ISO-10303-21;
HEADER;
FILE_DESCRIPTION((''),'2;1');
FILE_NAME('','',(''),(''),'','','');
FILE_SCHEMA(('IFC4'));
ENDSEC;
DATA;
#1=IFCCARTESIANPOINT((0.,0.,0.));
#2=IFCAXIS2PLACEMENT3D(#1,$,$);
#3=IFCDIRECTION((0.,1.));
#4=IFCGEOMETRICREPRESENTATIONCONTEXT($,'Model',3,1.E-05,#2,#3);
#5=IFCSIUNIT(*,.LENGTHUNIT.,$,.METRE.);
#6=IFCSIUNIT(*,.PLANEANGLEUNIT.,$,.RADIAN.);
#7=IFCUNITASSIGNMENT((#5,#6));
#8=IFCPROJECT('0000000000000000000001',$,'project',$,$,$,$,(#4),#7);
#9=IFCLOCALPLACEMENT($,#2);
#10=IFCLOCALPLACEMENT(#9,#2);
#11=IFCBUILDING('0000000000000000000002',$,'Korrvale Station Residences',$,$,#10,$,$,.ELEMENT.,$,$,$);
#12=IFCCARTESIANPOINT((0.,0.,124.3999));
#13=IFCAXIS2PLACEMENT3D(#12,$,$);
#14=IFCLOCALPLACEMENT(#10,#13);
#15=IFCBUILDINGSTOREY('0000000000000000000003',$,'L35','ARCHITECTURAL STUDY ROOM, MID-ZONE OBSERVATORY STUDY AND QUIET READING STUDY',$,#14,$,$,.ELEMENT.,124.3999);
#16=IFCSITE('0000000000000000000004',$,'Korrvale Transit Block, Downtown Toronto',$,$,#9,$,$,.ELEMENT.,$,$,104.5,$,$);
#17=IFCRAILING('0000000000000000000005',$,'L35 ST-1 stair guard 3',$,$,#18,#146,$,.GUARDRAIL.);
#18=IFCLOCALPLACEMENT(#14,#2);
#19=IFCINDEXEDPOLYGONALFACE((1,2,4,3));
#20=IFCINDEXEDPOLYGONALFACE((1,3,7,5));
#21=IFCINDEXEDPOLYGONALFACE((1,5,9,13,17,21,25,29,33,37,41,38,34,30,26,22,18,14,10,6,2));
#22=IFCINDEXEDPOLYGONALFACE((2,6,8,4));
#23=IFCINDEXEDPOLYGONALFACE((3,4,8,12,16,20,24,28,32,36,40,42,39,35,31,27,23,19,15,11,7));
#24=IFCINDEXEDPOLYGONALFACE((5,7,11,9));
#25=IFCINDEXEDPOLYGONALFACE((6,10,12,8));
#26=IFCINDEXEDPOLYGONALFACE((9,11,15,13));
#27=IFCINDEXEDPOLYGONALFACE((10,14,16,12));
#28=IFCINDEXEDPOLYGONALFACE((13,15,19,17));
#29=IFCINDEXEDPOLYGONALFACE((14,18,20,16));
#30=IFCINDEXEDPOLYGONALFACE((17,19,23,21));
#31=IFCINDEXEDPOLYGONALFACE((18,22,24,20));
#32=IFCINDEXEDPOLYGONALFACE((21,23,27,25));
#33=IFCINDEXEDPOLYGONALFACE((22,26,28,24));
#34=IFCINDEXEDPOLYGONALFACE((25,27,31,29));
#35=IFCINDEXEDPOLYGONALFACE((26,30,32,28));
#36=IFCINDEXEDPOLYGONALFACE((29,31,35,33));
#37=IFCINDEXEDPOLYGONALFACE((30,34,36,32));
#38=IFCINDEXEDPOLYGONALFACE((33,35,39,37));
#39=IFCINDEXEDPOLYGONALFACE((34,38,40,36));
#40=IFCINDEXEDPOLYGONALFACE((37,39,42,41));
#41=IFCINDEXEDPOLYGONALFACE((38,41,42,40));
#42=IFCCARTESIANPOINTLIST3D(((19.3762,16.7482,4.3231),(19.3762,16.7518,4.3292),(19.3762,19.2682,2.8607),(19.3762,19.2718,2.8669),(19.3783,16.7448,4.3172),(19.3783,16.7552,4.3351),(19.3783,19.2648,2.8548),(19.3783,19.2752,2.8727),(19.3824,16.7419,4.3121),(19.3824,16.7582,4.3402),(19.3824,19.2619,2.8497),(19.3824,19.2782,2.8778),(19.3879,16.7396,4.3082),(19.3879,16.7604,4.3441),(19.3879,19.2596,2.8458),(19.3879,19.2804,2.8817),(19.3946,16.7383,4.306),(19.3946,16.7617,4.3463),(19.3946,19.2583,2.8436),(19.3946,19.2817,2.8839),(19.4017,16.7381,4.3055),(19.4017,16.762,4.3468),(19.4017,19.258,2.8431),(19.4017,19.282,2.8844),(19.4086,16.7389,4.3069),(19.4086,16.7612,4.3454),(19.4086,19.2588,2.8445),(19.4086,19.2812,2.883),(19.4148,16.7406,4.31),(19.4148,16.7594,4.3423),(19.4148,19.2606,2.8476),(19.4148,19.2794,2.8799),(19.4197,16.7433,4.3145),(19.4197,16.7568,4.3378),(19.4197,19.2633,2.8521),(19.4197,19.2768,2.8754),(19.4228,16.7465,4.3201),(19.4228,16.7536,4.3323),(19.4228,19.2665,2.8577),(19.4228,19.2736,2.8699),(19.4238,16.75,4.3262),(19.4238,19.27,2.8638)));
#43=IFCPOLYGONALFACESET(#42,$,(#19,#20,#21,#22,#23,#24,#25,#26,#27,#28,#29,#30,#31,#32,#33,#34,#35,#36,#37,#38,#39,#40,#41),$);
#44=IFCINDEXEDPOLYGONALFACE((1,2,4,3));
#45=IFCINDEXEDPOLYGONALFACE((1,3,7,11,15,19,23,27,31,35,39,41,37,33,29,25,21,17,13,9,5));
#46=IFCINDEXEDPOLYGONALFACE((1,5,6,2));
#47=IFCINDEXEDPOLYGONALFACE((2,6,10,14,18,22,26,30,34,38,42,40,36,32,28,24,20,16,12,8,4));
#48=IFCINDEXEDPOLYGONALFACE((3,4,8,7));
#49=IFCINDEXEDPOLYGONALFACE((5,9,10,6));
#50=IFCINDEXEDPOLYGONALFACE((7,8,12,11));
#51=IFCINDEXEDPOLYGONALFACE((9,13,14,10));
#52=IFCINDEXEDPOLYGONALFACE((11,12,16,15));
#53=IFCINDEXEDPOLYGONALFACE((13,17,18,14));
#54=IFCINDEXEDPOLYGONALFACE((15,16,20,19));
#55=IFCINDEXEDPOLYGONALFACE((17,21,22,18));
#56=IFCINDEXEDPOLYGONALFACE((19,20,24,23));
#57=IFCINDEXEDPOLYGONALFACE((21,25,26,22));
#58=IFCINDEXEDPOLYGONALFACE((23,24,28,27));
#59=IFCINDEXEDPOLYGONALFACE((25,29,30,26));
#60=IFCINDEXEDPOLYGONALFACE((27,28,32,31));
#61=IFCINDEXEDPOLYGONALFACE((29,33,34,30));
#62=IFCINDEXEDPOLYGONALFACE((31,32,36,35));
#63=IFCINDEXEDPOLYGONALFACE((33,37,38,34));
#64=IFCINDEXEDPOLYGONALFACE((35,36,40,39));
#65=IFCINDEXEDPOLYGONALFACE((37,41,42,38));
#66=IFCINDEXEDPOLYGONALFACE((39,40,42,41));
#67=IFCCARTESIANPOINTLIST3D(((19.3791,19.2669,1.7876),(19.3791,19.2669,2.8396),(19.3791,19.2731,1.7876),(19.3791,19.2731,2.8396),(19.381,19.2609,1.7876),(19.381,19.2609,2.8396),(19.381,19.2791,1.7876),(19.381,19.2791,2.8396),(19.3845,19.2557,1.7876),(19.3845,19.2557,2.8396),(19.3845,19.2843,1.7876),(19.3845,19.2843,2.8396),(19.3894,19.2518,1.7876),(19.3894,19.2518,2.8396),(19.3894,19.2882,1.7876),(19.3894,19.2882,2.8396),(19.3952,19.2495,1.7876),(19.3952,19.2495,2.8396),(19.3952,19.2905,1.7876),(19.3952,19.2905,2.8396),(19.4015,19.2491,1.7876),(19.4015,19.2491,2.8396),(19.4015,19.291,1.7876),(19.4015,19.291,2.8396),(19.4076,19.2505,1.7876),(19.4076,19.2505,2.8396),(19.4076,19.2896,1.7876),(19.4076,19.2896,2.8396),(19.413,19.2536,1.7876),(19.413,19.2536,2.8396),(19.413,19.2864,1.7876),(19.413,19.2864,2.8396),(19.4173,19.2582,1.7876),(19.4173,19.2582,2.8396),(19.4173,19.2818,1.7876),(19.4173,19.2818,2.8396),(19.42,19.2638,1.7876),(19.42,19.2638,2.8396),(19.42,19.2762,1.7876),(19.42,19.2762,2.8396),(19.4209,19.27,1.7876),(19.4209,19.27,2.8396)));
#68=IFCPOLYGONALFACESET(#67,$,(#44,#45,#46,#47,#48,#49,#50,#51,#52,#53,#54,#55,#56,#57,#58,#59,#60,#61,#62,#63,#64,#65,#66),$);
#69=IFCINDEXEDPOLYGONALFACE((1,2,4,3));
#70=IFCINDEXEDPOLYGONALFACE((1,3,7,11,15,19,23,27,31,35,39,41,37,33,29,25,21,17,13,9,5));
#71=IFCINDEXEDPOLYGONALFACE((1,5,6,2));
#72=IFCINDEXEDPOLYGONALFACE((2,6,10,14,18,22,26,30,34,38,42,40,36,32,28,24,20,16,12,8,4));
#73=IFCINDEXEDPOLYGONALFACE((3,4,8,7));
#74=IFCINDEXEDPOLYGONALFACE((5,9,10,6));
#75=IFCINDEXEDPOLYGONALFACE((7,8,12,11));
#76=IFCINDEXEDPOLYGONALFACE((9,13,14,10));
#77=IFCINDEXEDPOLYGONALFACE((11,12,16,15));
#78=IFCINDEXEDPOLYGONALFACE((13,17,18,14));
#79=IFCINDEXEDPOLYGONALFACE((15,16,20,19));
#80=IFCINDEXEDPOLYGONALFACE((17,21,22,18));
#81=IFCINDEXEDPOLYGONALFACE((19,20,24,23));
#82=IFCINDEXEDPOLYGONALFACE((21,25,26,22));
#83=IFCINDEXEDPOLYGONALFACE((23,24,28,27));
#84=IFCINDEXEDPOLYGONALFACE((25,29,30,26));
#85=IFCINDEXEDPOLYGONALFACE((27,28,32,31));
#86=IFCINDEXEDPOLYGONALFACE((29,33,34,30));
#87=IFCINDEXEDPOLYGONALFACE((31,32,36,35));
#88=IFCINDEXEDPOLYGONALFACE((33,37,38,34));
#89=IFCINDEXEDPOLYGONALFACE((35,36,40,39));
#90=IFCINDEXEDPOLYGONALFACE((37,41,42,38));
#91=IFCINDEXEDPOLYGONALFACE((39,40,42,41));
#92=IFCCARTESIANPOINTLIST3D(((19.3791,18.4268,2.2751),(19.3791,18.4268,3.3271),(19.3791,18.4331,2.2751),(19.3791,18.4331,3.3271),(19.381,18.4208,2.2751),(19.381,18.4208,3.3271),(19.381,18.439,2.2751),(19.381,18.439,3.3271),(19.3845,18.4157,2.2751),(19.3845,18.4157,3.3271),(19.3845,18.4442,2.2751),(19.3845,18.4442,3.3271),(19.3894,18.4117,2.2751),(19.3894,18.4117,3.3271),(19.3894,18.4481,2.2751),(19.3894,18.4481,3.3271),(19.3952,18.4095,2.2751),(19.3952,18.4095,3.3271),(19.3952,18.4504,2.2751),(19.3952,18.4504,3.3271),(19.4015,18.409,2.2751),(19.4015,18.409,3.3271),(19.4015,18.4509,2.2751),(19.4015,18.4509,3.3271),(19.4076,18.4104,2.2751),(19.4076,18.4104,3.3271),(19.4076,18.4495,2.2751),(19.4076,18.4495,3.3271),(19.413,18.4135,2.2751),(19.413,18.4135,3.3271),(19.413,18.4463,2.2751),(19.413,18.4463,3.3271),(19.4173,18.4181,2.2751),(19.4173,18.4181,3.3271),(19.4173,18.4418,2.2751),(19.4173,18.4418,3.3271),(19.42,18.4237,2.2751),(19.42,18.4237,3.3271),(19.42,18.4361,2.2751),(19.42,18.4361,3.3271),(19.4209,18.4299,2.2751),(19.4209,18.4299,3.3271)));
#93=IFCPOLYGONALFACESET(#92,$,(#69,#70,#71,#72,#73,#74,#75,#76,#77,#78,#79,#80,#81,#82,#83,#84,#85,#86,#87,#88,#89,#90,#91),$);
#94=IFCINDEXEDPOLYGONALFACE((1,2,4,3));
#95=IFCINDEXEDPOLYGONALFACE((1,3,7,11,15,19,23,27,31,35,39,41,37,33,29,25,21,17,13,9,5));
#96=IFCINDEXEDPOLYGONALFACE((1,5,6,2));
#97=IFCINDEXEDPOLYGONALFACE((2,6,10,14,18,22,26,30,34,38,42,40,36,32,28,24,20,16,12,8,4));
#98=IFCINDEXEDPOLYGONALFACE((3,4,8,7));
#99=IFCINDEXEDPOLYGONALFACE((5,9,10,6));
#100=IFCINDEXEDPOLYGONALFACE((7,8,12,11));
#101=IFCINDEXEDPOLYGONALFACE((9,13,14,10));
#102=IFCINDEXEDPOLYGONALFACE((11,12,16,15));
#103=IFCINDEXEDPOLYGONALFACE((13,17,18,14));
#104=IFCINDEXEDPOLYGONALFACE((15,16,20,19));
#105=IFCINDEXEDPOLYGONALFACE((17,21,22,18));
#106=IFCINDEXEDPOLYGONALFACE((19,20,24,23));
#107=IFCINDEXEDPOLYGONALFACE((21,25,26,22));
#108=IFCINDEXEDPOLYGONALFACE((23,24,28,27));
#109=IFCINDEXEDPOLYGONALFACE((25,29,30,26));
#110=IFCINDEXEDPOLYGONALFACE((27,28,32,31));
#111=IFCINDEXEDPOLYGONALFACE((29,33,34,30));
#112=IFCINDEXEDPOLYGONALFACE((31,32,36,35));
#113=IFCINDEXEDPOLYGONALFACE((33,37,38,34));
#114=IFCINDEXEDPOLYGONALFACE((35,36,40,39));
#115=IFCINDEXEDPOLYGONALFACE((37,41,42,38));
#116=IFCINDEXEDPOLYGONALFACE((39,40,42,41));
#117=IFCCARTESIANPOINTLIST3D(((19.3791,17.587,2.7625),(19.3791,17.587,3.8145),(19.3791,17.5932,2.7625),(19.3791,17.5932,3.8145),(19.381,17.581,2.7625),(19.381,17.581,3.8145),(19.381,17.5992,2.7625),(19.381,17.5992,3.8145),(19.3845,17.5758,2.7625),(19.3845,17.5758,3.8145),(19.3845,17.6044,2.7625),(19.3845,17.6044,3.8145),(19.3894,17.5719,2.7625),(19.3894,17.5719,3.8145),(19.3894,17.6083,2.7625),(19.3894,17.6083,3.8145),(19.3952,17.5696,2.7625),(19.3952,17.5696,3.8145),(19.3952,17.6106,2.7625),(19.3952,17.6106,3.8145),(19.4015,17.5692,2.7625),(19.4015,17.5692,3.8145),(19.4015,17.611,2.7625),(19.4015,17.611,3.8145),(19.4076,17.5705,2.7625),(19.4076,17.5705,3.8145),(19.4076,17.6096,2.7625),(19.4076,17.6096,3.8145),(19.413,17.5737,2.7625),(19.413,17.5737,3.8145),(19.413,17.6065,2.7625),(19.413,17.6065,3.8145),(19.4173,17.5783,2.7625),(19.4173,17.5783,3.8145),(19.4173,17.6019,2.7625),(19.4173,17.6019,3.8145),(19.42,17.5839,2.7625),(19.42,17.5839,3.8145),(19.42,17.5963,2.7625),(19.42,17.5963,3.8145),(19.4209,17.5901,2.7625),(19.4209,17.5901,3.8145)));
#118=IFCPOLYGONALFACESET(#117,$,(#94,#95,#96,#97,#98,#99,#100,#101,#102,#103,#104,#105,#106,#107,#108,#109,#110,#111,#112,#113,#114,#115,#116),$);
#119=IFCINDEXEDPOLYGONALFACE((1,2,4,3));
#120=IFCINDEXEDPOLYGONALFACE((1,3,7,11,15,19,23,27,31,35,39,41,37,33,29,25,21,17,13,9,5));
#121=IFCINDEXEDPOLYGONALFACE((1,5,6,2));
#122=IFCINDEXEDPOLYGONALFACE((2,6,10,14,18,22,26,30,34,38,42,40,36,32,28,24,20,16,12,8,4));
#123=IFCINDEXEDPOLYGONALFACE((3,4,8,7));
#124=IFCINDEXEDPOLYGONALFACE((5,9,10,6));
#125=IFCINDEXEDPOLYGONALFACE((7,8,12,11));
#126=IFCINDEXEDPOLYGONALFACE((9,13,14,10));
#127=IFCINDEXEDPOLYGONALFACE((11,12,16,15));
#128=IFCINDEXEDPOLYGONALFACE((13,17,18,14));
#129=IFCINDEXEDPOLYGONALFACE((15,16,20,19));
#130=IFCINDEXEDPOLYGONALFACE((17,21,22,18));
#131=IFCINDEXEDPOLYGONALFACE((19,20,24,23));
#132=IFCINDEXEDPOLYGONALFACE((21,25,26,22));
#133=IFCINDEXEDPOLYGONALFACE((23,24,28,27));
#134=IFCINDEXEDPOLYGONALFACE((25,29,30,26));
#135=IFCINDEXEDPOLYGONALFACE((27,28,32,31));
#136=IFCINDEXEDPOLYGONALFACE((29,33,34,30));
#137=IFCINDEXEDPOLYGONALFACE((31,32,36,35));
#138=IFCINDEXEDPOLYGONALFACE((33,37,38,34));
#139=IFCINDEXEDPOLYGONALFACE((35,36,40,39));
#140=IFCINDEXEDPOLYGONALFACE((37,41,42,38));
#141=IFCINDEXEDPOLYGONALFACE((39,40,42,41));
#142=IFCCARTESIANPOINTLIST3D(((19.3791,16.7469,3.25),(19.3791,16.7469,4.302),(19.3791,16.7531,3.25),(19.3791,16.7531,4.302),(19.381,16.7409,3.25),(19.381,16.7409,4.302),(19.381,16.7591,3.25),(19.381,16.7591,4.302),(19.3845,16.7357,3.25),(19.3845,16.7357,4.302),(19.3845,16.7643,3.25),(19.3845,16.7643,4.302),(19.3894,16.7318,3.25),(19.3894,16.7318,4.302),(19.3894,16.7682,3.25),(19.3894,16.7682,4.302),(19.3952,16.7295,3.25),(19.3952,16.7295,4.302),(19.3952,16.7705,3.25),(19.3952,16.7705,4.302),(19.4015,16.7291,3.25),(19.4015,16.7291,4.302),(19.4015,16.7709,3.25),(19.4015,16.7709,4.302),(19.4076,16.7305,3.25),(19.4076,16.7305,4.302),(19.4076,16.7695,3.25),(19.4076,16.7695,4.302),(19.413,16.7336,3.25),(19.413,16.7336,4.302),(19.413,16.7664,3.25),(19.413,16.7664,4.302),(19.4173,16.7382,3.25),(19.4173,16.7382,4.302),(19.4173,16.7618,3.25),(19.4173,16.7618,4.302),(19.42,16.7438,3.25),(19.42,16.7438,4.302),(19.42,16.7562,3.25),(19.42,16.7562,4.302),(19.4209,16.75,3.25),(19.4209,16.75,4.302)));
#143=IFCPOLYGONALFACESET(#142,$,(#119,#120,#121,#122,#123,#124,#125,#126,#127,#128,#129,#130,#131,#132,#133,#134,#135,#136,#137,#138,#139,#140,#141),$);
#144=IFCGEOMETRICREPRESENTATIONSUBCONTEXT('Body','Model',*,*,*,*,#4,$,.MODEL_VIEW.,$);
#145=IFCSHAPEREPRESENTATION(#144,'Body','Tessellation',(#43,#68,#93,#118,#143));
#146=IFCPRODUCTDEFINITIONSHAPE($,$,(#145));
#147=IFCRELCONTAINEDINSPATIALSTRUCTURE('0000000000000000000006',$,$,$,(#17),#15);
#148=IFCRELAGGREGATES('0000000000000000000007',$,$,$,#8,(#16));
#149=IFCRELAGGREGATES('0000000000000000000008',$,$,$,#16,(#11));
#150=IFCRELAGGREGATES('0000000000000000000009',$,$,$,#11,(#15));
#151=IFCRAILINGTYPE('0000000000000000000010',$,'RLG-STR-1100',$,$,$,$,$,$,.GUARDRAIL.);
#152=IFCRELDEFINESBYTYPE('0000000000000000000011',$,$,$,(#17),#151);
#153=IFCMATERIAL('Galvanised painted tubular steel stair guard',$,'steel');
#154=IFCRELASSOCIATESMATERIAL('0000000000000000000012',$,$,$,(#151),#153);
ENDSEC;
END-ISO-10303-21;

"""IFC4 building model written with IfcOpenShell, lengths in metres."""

from ifc_helpers import new_model, si_unit, direction, frame, origin, origin_2d, place, context, subcontext, project, spatial, circle, extrude, material, type_object, element, save


model = new_model("IFC4")

# Units and contexts
model_context = context("Model", 3, precision=1e-05, world=origin(), true_north=direction((0.0, 1.0)))
body_context = subcontext(model_context, "Body", "Model", "MODEL_VIEW")
ifc_project = project(units=[si_unit("LENGTHUNIT", "METRE"), si_unit("PLANEANGLEUNIT", "RADIAN")], contexts=[model_context])

# Site, building, storey
site_placement = place(None, origin())
site = spatial("IfcSite", under=ifc_project, at=site_placement, Name="Korrvale Transit Block, Downtown Toronto", CompositionType="ELEMENT", RefElevation=104.5)
building_placement = place(site_placement, origin())
building = spatial("IfcBuilding", under=site, at=building_placement, Name="Korrvale Station Residences", CompositionType="ELEMENT")
storey_placement = place(building_placement, frame((0.0, 0.0, 124.3999)))
storey = spatial("IfcBuildingStorey", under=building, at=storey_placement, Name="L35", Description="ARCHITECTURAL STUDY ROOM, MID-ZONE OBSERVATORY STUDY AND QUIET READING STUDY", CompositionType="ELEMENT", Elevation=124.3999)

# Railing
ifc_material_1 = material(Name="Galvanised painted tubular steel stair guard", Category="steel")
railing_type_1 = type_object("IfcRailingType", Name="RLG-STR-1100", PredefinedType="GUARDRAIL", material=ifc_material_1)
railing_1_placement = place(storey_placement, frame((19.3999, 19.27, 1.7876)))
element("IfcRailing", 1, at=railing_1_placement, inside=storey, type_object=railing_type_1, Name="L35 ST-1 stair guard 3", PredefinedType="GUARDRAIL", context=body_context, shape_type="SweptSolid", body=[
    extrude(circle(Radius=0.0239, at=origin_2d()), frame((0.0, 0.0, 1.0762), z_axis=(0.0, -0.864913, 0.501921), x_axis=(1.0, 0.0, 0.0)), (0.0, 0.0, 1.0), 2.9136),
    extrude(circle(Radius=0.021, at=origin_2d()), origin(), (0.0, 0.0, 1.0), 1.052),
    extrude(circle(Radius=0.021, at=origin_2d()), frame((0.0, -0.8401, 0.4875)), (0.0, 0.0, 1.0), 1.052),
    extrude(circle(Radius=0.021, at=origin_2d()), frame((0.0, -1.6799, 0.9749)), (0.0, 0.0, 1.0), 1.052),
    extrude(circle(Radius=0.021, at=origin_2d()), frame((0.0, -2.52, 1.4624)), (0.0, 0.0, 1.0), 1.052),
])

save(model, "model.ifc")
